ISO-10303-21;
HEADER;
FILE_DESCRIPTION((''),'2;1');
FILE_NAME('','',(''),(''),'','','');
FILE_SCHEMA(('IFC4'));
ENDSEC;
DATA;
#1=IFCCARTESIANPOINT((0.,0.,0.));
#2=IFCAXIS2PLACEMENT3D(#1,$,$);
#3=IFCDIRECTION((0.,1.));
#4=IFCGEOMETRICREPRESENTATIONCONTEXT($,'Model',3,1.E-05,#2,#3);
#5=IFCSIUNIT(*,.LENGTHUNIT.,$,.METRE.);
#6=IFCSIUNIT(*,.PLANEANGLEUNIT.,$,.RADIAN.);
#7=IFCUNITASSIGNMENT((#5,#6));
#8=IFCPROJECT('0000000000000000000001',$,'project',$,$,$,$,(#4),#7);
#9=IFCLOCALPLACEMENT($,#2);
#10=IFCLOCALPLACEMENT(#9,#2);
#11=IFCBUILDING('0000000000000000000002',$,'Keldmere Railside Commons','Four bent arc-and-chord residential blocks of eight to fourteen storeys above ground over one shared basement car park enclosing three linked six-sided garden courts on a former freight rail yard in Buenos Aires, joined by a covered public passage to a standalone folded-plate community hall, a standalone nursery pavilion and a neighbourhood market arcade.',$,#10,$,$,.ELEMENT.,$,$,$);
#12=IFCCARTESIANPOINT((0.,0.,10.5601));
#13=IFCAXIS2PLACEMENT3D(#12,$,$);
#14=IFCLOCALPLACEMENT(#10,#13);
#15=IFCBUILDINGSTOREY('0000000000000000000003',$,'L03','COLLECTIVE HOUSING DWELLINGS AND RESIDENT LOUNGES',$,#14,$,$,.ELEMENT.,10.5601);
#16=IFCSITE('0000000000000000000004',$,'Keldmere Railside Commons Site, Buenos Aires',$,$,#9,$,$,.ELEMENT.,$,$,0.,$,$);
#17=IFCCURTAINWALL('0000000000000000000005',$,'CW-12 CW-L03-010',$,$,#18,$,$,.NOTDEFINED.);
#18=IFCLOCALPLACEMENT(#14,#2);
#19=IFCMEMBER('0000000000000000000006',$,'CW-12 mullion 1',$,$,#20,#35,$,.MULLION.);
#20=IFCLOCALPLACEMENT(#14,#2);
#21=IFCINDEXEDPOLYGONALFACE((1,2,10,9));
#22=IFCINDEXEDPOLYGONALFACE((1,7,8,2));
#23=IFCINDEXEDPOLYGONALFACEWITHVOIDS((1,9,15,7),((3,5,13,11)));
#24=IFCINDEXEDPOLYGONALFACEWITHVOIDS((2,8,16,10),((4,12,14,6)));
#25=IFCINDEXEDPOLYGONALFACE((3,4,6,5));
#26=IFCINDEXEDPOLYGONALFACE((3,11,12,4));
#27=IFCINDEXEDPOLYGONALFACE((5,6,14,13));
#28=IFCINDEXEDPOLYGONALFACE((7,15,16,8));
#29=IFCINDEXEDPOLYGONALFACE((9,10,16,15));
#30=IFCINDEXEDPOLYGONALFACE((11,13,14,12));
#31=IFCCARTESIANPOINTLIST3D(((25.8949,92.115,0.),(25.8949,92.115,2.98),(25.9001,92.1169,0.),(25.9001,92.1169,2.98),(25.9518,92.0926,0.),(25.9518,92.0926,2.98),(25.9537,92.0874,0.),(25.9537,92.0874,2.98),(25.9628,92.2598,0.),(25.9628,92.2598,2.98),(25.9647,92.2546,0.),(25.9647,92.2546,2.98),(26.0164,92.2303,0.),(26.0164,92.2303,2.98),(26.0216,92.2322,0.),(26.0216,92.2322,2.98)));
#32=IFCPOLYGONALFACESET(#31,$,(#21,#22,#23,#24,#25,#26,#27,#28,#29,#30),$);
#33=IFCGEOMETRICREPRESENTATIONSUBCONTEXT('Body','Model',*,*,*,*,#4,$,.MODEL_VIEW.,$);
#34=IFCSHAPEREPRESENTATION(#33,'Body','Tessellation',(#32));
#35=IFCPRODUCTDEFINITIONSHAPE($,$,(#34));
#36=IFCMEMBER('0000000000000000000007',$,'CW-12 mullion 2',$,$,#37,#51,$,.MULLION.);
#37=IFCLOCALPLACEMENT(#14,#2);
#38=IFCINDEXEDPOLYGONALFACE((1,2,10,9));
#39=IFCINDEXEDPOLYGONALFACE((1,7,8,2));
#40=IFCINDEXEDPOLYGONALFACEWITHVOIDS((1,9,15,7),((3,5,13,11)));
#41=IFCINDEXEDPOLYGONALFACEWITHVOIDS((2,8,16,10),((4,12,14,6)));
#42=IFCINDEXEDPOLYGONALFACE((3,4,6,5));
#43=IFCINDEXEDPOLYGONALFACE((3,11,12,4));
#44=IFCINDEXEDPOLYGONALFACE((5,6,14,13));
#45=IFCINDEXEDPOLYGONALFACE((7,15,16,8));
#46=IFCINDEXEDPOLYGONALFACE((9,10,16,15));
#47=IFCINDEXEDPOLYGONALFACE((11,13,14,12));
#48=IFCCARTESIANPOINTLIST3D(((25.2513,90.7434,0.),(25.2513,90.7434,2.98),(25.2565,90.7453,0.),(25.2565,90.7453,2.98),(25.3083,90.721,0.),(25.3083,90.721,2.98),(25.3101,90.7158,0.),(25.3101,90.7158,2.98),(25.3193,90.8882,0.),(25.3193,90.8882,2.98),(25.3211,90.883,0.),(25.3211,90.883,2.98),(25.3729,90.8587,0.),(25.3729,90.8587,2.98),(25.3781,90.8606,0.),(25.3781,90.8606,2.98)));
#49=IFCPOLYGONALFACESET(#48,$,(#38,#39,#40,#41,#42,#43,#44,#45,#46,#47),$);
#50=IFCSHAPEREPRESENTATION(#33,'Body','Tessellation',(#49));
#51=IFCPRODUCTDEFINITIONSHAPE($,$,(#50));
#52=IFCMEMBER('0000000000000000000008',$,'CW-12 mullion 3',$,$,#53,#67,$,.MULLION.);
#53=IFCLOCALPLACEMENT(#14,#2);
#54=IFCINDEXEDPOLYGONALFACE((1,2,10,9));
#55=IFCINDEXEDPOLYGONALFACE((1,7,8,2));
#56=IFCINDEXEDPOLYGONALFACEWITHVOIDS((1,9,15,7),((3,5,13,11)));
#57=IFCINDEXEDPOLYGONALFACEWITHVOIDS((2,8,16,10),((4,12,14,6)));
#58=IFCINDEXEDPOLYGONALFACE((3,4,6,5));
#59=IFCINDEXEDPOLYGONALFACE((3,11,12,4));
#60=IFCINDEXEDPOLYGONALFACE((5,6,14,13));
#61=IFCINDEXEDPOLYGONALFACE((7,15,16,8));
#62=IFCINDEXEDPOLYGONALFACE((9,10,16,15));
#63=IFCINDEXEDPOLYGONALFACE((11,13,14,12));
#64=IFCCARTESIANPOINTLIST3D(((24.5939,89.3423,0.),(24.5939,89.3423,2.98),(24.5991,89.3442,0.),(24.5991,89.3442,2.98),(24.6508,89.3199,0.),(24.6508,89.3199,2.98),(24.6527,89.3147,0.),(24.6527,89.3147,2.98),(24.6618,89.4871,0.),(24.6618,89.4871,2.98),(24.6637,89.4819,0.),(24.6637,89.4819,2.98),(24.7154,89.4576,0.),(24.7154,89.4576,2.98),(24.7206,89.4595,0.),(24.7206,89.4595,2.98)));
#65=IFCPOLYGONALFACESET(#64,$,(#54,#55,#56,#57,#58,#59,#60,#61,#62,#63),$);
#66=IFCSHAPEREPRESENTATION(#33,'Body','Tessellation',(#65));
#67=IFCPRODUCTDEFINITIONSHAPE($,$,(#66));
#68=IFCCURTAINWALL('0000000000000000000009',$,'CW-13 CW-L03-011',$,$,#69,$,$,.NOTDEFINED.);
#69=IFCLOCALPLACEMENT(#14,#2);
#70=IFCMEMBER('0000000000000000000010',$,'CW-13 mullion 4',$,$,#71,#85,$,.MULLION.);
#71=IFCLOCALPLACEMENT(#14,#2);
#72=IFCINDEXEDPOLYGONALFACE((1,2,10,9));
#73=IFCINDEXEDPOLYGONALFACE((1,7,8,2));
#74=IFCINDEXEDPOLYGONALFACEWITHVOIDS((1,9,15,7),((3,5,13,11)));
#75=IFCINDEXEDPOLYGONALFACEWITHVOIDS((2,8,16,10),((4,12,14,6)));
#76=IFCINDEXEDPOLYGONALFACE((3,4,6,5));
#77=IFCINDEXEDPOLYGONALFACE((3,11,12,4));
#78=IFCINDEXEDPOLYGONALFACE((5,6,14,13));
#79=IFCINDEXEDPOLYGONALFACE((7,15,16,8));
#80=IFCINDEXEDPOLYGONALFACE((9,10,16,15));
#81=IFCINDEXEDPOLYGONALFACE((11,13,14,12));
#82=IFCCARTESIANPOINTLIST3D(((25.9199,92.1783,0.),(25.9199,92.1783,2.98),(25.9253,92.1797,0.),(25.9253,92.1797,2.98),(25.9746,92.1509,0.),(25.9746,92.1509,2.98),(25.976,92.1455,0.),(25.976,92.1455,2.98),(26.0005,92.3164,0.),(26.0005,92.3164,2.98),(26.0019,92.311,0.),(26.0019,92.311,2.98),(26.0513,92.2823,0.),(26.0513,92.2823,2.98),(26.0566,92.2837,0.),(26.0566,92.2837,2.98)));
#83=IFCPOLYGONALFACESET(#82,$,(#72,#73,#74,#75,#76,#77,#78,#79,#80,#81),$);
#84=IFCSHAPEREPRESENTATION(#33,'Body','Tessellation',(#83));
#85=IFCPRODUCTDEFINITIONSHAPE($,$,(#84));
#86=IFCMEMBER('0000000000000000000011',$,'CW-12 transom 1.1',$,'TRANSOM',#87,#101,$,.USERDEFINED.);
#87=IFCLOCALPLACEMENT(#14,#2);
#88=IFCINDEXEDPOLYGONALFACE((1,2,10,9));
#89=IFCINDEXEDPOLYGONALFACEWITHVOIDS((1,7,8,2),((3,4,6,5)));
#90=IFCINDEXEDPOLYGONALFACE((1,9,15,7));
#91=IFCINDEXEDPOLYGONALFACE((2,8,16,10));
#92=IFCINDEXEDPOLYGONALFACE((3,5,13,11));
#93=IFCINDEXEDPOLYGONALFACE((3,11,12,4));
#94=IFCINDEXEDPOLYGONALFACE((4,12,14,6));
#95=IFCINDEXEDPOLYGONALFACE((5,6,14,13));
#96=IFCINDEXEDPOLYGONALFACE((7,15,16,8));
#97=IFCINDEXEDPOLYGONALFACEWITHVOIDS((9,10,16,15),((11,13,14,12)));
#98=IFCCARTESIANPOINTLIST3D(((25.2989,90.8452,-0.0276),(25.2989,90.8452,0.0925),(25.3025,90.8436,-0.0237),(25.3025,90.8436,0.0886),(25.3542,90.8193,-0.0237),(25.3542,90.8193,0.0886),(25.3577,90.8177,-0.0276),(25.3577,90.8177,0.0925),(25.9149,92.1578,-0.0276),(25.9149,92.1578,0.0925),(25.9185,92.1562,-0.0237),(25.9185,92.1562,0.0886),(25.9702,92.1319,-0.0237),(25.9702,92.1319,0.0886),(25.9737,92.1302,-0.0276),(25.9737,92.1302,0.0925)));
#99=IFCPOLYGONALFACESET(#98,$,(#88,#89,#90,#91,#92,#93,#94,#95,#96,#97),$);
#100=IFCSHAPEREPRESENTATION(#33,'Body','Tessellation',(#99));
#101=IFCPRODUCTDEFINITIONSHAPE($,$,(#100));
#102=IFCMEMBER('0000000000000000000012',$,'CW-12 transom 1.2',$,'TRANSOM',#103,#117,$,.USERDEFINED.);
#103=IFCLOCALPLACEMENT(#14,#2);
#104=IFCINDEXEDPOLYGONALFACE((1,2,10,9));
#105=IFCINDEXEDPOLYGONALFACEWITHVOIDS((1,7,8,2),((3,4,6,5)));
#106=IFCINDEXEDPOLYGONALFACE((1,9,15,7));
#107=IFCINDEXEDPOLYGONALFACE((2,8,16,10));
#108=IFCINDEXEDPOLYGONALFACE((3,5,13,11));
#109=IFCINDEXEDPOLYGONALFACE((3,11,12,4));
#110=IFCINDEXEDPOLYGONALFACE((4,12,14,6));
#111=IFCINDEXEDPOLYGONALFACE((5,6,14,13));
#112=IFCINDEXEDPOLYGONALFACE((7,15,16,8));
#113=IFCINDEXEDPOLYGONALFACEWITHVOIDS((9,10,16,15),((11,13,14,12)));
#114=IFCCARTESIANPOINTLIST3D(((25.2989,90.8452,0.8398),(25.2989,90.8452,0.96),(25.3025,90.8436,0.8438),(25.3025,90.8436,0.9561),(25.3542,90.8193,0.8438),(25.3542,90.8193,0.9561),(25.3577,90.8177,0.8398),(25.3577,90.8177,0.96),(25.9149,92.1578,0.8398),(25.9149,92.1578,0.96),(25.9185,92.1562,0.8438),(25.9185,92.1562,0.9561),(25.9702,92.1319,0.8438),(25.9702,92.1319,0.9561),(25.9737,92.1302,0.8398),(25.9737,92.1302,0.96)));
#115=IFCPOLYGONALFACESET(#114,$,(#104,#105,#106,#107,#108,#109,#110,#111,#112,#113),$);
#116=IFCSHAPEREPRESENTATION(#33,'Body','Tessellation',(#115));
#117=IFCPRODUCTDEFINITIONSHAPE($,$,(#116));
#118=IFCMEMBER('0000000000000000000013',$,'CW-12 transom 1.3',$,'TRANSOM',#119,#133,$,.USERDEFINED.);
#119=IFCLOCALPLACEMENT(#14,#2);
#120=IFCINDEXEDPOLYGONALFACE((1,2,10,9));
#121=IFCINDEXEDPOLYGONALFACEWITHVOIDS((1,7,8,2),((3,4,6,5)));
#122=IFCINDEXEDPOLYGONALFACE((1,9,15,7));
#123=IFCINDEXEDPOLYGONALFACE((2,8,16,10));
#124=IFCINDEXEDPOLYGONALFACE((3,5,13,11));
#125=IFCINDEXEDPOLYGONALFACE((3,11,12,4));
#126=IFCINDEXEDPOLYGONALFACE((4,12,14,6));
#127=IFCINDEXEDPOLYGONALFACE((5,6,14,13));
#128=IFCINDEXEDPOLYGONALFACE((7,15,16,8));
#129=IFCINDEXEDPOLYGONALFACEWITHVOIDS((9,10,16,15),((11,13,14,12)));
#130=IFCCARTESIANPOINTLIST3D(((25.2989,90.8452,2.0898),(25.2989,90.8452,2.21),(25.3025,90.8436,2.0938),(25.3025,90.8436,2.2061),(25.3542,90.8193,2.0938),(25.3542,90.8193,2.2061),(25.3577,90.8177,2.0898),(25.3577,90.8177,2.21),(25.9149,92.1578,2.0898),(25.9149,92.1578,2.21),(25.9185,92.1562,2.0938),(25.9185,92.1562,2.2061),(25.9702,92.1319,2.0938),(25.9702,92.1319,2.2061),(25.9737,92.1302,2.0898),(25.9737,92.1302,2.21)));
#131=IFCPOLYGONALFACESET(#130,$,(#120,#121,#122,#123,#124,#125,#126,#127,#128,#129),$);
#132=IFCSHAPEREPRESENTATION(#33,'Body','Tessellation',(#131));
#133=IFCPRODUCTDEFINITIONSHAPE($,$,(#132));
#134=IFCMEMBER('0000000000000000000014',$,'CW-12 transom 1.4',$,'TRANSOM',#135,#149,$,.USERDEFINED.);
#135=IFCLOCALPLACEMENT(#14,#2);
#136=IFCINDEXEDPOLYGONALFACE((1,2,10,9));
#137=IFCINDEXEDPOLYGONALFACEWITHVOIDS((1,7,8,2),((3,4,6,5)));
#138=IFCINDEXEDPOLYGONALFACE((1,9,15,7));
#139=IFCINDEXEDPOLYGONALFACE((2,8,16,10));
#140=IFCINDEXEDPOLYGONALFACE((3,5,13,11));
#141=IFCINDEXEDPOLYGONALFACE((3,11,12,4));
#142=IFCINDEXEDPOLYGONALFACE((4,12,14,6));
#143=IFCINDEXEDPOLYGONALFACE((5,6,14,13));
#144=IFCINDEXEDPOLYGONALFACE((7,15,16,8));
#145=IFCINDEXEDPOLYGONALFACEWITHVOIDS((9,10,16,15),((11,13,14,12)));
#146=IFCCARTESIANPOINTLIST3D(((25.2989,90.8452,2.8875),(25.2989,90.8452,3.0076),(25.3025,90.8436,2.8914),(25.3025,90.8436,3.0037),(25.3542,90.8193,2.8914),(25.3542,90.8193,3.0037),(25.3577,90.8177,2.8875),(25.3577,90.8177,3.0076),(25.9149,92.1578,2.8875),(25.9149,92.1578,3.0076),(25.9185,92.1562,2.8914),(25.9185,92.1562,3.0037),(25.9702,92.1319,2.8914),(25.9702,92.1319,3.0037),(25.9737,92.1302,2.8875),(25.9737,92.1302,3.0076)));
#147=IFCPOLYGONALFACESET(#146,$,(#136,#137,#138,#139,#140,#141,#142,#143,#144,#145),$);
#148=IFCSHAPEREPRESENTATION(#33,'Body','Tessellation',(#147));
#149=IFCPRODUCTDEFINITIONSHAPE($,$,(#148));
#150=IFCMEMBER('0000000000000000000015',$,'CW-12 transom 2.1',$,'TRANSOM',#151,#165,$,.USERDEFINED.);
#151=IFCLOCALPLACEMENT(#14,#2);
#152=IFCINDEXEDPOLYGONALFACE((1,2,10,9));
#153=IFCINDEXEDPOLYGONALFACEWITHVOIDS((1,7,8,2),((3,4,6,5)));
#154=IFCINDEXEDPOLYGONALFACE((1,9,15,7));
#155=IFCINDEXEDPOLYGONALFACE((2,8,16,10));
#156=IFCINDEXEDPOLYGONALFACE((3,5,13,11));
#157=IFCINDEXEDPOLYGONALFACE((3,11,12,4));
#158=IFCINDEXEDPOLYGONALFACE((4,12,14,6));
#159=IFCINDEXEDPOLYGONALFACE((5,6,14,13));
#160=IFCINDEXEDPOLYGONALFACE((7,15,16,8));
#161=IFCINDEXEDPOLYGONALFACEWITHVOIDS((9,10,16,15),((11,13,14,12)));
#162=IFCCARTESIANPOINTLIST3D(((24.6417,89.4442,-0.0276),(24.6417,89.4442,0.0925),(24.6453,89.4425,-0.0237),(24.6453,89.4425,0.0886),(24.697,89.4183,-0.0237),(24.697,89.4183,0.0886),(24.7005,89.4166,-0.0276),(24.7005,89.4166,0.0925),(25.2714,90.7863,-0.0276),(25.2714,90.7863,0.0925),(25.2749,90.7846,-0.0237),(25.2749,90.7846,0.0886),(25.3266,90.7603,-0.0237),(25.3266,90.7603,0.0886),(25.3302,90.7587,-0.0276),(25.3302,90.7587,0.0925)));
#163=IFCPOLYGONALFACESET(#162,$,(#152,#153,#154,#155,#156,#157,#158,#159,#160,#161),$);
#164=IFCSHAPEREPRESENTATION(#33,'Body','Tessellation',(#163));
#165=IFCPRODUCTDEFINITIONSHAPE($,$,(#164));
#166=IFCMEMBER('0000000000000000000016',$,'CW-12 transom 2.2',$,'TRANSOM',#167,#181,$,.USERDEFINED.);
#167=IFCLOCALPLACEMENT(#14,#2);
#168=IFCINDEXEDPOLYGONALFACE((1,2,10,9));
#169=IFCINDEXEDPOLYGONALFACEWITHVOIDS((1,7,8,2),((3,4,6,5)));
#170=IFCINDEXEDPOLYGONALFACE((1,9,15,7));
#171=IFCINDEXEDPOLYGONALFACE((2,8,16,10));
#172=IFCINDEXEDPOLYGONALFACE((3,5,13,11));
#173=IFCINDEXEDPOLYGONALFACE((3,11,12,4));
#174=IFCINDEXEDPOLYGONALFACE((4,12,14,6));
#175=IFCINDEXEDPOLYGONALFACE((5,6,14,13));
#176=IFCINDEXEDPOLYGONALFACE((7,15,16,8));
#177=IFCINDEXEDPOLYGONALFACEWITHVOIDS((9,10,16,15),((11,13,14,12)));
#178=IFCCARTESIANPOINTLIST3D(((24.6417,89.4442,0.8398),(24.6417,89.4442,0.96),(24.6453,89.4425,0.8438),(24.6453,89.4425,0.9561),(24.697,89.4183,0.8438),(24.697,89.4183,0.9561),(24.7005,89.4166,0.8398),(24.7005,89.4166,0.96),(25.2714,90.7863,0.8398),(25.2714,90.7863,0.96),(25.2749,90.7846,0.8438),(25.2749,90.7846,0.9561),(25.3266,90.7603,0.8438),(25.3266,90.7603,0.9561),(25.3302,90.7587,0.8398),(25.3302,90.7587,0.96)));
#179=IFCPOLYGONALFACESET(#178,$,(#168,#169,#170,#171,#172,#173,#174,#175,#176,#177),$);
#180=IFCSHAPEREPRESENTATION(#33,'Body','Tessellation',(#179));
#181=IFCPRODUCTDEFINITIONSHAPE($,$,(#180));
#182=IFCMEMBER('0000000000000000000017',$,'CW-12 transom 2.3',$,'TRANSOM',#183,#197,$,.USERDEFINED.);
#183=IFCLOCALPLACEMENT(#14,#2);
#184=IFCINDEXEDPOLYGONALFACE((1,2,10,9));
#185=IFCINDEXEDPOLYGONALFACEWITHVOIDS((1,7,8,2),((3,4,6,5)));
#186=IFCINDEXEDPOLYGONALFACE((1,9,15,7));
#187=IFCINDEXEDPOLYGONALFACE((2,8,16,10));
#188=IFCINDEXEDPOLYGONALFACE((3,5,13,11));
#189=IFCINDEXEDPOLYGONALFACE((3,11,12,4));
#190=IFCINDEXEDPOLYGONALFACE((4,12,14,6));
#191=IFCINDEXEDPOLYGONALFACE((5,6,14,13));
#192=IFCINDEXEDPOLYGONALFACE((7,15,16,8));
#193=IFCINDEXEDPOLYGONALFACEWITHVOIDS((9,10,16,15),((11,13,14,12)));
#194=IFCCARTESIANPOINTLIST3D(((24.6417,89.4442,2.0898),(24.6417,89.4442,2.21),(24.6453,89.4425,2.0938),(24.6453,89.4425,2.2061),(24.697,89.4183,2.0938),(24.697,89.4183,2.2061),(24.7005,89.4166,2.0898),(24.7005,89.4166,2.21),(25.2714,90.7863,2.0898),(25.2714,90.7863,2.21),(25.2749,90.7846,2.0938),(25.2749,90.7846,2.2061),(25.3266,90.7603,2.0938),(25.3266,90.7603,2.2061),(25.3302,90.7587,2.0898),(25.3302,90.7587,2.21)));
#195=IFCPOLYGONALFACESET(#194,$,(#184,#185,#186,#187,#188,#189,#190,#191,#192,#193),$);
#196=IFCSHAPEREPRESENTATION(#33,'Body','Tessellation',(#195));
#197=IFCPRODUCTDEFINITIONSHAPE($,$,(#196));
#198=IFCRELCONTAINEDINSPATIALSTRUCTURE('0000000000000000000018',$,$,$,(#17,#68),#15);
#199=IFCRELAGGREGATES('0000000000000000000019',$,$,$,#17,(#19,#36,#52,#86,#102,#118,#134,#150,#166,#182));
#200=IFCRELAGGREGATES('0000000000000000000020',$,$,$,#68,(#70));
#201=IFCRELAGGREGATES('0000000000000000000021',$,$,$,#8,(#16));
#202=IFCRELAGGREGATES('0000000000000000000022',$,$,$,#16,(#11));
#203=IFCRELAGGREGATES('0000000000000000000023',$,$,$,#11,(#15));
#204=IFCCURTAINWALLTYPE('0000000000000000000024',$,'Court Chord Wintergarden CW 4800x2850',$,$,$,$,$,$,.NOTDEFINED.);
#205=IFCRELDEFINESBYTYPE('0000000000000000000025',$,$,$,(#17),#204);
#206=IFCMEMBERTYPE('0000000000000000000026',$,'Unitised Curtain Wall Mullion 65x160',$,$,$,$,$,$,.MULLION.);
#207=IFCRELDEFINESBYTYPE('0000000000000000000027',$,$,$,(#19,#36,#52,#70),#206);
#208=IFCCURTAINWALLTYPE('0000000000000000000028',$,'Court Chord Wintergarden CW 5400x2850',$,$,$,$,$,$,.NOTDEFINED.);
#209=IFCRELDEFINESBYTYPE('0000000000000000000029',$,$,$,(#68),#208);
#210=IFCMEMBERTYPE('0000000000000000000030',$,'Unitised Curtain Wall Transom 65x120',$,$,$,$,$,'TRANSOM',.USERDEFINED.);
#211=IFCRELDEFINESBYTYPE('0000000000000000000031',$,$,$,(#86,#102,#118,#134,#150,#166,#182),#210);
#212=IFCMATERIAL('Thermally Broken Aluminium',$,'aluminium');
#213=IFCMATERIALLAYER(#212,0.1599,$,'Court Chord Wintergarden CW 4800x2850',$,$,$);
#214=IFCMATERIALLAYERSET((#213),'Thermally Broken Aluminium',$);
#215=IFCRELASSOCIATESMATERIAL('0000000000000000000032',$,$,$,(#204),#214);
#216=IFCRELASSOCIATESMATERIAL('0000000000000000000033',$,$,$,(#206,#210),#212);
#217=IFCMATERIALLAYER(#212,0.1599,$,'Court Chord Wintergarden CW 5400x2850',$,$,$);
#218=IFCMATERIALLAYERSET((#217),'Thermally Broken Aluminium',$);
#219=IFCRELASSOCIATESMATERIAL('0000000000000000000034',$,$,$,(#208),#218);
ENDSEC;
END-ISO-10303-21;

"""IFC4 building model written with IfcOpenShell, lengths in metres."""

from ifc_helpers import new_model, si_unit, direction, frame, origin, origin_2d, place, context, subcontext, project, spatial, hollow_rectangle, extrude, material, layer, layer_set, material_profile, profile_set, type_object, element, aggregate, save


model = new_model("IFC4")

# Units and contexts
model_context = context("Model", 3, precision=1e-05, world=origin(), true_north=direction((0.0, 1.0)))
body_context = subcontext(model_context, "Body", "Model", "MODEL_VIEW")
ifc_project = project(units=[si_unit("LENGTHUNIT", "METRE"), si_unit("PLANEANGLEUNIT", "RADIAN")], contexts=[model_context])

# Site, building, storey
site_placement = place(None, origin())
site = spatial("IfcSite", under=ifc_project, at=site_placement, Name="Keldmere Railside Commons Site, Buenos Aires", CompositionType="ELEMENT", RefElevation=0.0)
building_placement = place(site_placement, origin())
building = spatial("IfcBuilding", under=site, at=building_placement, Name="Keldmere Railside Commons", Description="Four bent arc-and-chord residential blocks of eight to fourteen storeys above ground over one shared basement car park enclosing three linked six-sided garden courts on a former freight rail yard in Buenos Aires, joined by a covered public passage to a standalone folded-plate community hall, a standalone nursery pavilion and a neighbourhood market arcade.", CompositionType="ELEMENT")
storey_placement = place(building_placement, frame((0.0, 0.0, 10.5601)))
storey = spatial("IfcBuildingStorey", under=building, at=storey_placement, Name="L03", Description="COLLECTIVE HOUSING DWELLINGS AND RESIDENT LOUNGES", CompositionType="ELEMENT", Elevation=10.5601)

# Curtain wall, members
ifc_material_1 = material(Name="Thermally Broken Aluminium", Category="aluminium")
ifc_layer_1 = layer(ifc_material_1, 0.1599, Name="Court Chord Wintergarden CW 4800x2850")
ifc_layer_set_1 = layer_set([ifc_layer_1], Name="Thermally Broken Aluminium")
curtain_wall_type_1 = type_object("IfcCurtainWallType", Name="Court Chord Wintergarden CW 4800x2850", PredefinedType="NOTDEFINED", material=ifc_layer_set_1)
curtain_wall_1_placement = place(storey_placement, origin())
curtain_wall_1 = element("IfcCurtainWall", 1, at=curtain_wall_1_placement, inside=storey, type_object=curtain_wall_type_1, Name="CW-12 CW-L03-010", PredefinedType="NOTDEFINED")
ifc_material_profile_1 = material_profile(ifc_material_1, hollow_rectangle(XDim=0.0649, YDim=0.1599, WallThickness=0.0039, at=origin_2d()), Name="ALU-MULL-65x160")
ifc_profile_set_1 = profile_set([ifc_material_profile_1], Name="Thermally Broken Aluminium")
member_type_1 = type_object("IfcMemberType", Name="Unitised Curtain Wall Mullion 65x160", PredefinedType="MULLION", material=ifc_profile_set_1)
member_1_placement = place(storey_placement, frame((25.9583, 92.1736, 0.0), z_axis=(0.0, 0.0, 1.0), x_axis=(0.905306, -0.424759, 0.0)))
member_1 = element("IfcMember", 2, at=member_1_placement, type_object=member_type_1, Name="CW-12 mullion 1", PredefinedType="MULLION", context=body_context, shape_type="SweptSolid", body=[
    extrude(hollow_rectangle(XDim=0.0649, YDim=0.1599, WallThickness=0.0039, at=origin_2d()), origin(), (0.0, 0.0, 1.0), 2.98),
])
member_2_placement = place(storey_placement, frame((25.3147, 90.802, 0.0), z_axis=(0.0, 0.0, 1.0), x_axis=(0.905306, -0.424759, 0.0)))
member_2 = element("IfcMember", 3, at=member_2_placement, type_object=member_type_1, Name="CW-12 mullion 2", PredefinedType="MULLION", context=body_context, shape_type="SweptSolid", body=[
    extrude(hollow_rectangle(XDim=0.0649, YDim=0.1599, WallThickness=0.0039, at=origin_2d()), origin(), (0.0, 0.0, 1.0), 2.98),
])
member_3_placement = place(storey_placement, frame((24.6572, 89.4009, 0.0), z_axis=(0.0, 0.0, 1.0), x_axis=(0.905306, -0.424759, 0.0)))
member_3 = element("IfcMember", 4, at=member_3_placement, type_object=member_type_1, Name="CW-12 mullion 3", PredefinedType="MULLION", context=body_context, shape_type="SweptSolid", body=[
    extrude(hollow_rectangle(XDim=0.0649, YDim=0.1599, WallThickness=0.0039, at=origin_2d()), origin(), (0.0, 0.0, 1.0), 2.98),
])

# Curtain wall, member
ifc_layer_2 = layer(ifc_material_1, 0.1599, Name="Court Chord Wintergarden CW 5400x2850")
ifc_layer_set_2 = layer_set([ifc_layer_2], Name="Thermally Broken Aluminium")
curtain_wall_type_2 = type_object("IfcCurtainWallType", Name="Court Chord Wintergarden CW 5400x2850", PredefinedType="NOTDEFINED", material=ifc_layer_set_2)
curtain_wall_2_placement = place(storey_placement, origin())
curtain_wall_2 = element("IfcCurtainWall", 5, at=curtain_wall_2_placement, inside=storey, type_object=curtain_wall_type_2, Name="CW-13 CW-L03-011", PredefinedType="NOTDEFINED")
member_4_placement = place(storey_placement, frame((25.9883, 92.231, 0.0), z_axis=(0.0, 0.0, 1.0), x_axis=(0.863755, -0.503911, 0.0)))
member_4 = element("IfcMember", 6, at=member_4_placement, type_object=member_type_1, Name="CW-13 mullion 4", PredefinedType="MULLION", context=body_context, shape_type="SweptSolid", body=[
    extrude(hollow_rectangle(XDim=0.0649, YDim=0.1599, WallThickness=0.0039, at=origin_2d()), origin(), (0.0, 0.0, 1.0), 2.98),
])

# Members
ifc_material_profile_2 = material_profile(ifc_material_1, hollow_rectangle(XDim=0.0649, YDim=0.1201, WallThickness=0.0039, at=origin_2d()), Name="ALU-TRAN-65x120")
ifc_profile_set_2 = profile_set([ifc_material_profile_2], Name="Thermally Broken Aluminium")
member_type_2 = type_object("IfcMemberType", Name="Unitised Curtain Wall Transom 65x120", ElementType="TRANSOM", PredefinedType="USERDEFINED", material=ifc_profile_set_2)
member_5_placement = place(storey_placement, frame((25.9443, 92.144, 0.0325), z_axis=(-0.424848, -0.905265, 0.0), x_axis=(0.905265, -0.424848, 0.0)))
member_5 = element("IfcMember", 7, at=member_5_placement, type_object=member_type_2, Name="CW-12 transom 1.1", ObjectType="TRANSOM", PredefinedType="USERDEFINED", context=body_context, shape_type="SweptSolid", body=[
    extrude(hollow_rectangle(XDim=0.0649, YDim=0.1201, WallThickness=0.0039, at=origin_2d()), origin(), (0.0, 0.0, 1.0), 1.45),
])
member_6_placement = place(storey_placement, frame((25.9443, 92.144, 0.8999), z_axis=(-0.424848, -0.905265, 0.0), x_axis=(0.905265, -0.424848, 0.0)))
member_6 = element("IfcMember", 8, at=member_6_placement, type_object=member_type_2, Name="CW-12 transom 1.2", ObjectType="TRANSOM", PredefinedType="USERDEFINED", context=body_context, shape_type="SweptSolid", body=[
    extrude(hollow_rectangle(XDim=0.0649, YDim=0.1201, WallThickness=0.0039, at=origin_2d()), origin(), (0.0, 0.0, 1.0), 1.45),
])
member_7_placement = place(storey_placement, frame((25.9443, 92.144, 2.1499), z_axis=(-0.424848, -0.905265, 0.0), x_axis=(0.905265, -0.424848, 0.0)))
member_7 = element("IfcMember", 9, at=member_7_placement, type_object=member_type_2, Name="CW-12 transom 1.3", ObjectType="TRANSOM", PredefinedType="USERDEFINED", context=body_context, shape_type="SweptSolid", body=[
    extrude(hollow_rectangle(XDim=0.0649, YDim=0.1201, WallThickness=0.0039, at=origin_2d()), origin(), (0.0, 0.0, 1.0), 1.45),
])
member_8_placement = place(storey_placement, frame((25.9443, 92.144, 2.9475), z_axis=(-0.424848, -0.905265, 0.0), x_axis=(0.905265, -0.424848, 0.0)))
member_8 = element("IfcMember", 10, at=member_8_placement, type_object=member_type_2, Name="CW-12 transom 1.4", ObjectType="TRANSOM", PredefinedType="USERDEFINED", context=body_context, shape_type="SweptSolid", body=[
    extrude(hollow_rectangle(XDim=0.0649, YDim=0.1201, WallThickness=0.0039, at=origin_2d()), origin(), (0.0, 0.0, 1.0), 1.45),
])
member_9_placement = place(storey_placement, frame((25.3008, 90.7725, 0.0325), z_axis=(-0.424742, -0.905314, 0.0), x_axis=(0.905314, -0.424742, 0.0)))
member_9 = element("IfcMember", 11, at=member_9_placement, type_object=member_type_2, Name="CW-12 transom 2.1", ObjectType="TRANSOM", PredefinedType="USERDEFINED", context=body_context, shape_type="SweptSolid", body=[
    extrude(hollow_rectangle(XDim=0.0649, YDim=0.1201, WallThickness=0.0039, at=origin_2d()), origin(), (0.0, 0.0, 1.0), 1.4824),
])
member_10_placement = place(storey_placement, frame((25.3008, 90.7725, 0.8999), z_axis=(-0.424742, -0.905314, 0.0), x_axis=(0.905314, -0.424742, 0.0)))
member_10 = element("IfcMember", 12, at=member_10_placement, type_object=member_type_2, Name="CW-12 transom 2.2", ObjectType="TRANSOM", PredefinedType="USERDEFINED", context=body_context, shape_type="SweptSolid", body=[
    extrude(hollow_rectangle(XDim=0.0649, YDim=0.1201, WallThickness=0.0039, at=origin_2d()), origin(), (0.0, 0.0, 1.0), 1.4824),
])
member_11_placement = place(storey_placement, frame((25.3008, 90.7725, 2.1499), z_axis=(-0.424742, -0.905314, 0.0), x_axis=(0.905314, -0.424742, 0.0)))
member_11 = element("IfcMember", 13, at=member_11_placement, type_object=member_type_2, Name="CW-12 transom 2.3", ObjectType="TRANSOM", PredefinedType="USERDEFINED", context=body_context, shape_type="SweptSolid", body=[
    extrude(hollow_rectangle(XDim=0.0649, YDim=0.1201, WallThickness=0.0039, at=origin_2d()), origin(), (0.0, 0.0, 1.0), 1.4824),
])

aggregate(curtain_wall_1, [member_1, member_2, member_3, member_5, member_6, member_7, member_8, member_9, member_10, member_11])
aggregate(curtain_wall_2, [member_4])

save(model, "model.ifc")
